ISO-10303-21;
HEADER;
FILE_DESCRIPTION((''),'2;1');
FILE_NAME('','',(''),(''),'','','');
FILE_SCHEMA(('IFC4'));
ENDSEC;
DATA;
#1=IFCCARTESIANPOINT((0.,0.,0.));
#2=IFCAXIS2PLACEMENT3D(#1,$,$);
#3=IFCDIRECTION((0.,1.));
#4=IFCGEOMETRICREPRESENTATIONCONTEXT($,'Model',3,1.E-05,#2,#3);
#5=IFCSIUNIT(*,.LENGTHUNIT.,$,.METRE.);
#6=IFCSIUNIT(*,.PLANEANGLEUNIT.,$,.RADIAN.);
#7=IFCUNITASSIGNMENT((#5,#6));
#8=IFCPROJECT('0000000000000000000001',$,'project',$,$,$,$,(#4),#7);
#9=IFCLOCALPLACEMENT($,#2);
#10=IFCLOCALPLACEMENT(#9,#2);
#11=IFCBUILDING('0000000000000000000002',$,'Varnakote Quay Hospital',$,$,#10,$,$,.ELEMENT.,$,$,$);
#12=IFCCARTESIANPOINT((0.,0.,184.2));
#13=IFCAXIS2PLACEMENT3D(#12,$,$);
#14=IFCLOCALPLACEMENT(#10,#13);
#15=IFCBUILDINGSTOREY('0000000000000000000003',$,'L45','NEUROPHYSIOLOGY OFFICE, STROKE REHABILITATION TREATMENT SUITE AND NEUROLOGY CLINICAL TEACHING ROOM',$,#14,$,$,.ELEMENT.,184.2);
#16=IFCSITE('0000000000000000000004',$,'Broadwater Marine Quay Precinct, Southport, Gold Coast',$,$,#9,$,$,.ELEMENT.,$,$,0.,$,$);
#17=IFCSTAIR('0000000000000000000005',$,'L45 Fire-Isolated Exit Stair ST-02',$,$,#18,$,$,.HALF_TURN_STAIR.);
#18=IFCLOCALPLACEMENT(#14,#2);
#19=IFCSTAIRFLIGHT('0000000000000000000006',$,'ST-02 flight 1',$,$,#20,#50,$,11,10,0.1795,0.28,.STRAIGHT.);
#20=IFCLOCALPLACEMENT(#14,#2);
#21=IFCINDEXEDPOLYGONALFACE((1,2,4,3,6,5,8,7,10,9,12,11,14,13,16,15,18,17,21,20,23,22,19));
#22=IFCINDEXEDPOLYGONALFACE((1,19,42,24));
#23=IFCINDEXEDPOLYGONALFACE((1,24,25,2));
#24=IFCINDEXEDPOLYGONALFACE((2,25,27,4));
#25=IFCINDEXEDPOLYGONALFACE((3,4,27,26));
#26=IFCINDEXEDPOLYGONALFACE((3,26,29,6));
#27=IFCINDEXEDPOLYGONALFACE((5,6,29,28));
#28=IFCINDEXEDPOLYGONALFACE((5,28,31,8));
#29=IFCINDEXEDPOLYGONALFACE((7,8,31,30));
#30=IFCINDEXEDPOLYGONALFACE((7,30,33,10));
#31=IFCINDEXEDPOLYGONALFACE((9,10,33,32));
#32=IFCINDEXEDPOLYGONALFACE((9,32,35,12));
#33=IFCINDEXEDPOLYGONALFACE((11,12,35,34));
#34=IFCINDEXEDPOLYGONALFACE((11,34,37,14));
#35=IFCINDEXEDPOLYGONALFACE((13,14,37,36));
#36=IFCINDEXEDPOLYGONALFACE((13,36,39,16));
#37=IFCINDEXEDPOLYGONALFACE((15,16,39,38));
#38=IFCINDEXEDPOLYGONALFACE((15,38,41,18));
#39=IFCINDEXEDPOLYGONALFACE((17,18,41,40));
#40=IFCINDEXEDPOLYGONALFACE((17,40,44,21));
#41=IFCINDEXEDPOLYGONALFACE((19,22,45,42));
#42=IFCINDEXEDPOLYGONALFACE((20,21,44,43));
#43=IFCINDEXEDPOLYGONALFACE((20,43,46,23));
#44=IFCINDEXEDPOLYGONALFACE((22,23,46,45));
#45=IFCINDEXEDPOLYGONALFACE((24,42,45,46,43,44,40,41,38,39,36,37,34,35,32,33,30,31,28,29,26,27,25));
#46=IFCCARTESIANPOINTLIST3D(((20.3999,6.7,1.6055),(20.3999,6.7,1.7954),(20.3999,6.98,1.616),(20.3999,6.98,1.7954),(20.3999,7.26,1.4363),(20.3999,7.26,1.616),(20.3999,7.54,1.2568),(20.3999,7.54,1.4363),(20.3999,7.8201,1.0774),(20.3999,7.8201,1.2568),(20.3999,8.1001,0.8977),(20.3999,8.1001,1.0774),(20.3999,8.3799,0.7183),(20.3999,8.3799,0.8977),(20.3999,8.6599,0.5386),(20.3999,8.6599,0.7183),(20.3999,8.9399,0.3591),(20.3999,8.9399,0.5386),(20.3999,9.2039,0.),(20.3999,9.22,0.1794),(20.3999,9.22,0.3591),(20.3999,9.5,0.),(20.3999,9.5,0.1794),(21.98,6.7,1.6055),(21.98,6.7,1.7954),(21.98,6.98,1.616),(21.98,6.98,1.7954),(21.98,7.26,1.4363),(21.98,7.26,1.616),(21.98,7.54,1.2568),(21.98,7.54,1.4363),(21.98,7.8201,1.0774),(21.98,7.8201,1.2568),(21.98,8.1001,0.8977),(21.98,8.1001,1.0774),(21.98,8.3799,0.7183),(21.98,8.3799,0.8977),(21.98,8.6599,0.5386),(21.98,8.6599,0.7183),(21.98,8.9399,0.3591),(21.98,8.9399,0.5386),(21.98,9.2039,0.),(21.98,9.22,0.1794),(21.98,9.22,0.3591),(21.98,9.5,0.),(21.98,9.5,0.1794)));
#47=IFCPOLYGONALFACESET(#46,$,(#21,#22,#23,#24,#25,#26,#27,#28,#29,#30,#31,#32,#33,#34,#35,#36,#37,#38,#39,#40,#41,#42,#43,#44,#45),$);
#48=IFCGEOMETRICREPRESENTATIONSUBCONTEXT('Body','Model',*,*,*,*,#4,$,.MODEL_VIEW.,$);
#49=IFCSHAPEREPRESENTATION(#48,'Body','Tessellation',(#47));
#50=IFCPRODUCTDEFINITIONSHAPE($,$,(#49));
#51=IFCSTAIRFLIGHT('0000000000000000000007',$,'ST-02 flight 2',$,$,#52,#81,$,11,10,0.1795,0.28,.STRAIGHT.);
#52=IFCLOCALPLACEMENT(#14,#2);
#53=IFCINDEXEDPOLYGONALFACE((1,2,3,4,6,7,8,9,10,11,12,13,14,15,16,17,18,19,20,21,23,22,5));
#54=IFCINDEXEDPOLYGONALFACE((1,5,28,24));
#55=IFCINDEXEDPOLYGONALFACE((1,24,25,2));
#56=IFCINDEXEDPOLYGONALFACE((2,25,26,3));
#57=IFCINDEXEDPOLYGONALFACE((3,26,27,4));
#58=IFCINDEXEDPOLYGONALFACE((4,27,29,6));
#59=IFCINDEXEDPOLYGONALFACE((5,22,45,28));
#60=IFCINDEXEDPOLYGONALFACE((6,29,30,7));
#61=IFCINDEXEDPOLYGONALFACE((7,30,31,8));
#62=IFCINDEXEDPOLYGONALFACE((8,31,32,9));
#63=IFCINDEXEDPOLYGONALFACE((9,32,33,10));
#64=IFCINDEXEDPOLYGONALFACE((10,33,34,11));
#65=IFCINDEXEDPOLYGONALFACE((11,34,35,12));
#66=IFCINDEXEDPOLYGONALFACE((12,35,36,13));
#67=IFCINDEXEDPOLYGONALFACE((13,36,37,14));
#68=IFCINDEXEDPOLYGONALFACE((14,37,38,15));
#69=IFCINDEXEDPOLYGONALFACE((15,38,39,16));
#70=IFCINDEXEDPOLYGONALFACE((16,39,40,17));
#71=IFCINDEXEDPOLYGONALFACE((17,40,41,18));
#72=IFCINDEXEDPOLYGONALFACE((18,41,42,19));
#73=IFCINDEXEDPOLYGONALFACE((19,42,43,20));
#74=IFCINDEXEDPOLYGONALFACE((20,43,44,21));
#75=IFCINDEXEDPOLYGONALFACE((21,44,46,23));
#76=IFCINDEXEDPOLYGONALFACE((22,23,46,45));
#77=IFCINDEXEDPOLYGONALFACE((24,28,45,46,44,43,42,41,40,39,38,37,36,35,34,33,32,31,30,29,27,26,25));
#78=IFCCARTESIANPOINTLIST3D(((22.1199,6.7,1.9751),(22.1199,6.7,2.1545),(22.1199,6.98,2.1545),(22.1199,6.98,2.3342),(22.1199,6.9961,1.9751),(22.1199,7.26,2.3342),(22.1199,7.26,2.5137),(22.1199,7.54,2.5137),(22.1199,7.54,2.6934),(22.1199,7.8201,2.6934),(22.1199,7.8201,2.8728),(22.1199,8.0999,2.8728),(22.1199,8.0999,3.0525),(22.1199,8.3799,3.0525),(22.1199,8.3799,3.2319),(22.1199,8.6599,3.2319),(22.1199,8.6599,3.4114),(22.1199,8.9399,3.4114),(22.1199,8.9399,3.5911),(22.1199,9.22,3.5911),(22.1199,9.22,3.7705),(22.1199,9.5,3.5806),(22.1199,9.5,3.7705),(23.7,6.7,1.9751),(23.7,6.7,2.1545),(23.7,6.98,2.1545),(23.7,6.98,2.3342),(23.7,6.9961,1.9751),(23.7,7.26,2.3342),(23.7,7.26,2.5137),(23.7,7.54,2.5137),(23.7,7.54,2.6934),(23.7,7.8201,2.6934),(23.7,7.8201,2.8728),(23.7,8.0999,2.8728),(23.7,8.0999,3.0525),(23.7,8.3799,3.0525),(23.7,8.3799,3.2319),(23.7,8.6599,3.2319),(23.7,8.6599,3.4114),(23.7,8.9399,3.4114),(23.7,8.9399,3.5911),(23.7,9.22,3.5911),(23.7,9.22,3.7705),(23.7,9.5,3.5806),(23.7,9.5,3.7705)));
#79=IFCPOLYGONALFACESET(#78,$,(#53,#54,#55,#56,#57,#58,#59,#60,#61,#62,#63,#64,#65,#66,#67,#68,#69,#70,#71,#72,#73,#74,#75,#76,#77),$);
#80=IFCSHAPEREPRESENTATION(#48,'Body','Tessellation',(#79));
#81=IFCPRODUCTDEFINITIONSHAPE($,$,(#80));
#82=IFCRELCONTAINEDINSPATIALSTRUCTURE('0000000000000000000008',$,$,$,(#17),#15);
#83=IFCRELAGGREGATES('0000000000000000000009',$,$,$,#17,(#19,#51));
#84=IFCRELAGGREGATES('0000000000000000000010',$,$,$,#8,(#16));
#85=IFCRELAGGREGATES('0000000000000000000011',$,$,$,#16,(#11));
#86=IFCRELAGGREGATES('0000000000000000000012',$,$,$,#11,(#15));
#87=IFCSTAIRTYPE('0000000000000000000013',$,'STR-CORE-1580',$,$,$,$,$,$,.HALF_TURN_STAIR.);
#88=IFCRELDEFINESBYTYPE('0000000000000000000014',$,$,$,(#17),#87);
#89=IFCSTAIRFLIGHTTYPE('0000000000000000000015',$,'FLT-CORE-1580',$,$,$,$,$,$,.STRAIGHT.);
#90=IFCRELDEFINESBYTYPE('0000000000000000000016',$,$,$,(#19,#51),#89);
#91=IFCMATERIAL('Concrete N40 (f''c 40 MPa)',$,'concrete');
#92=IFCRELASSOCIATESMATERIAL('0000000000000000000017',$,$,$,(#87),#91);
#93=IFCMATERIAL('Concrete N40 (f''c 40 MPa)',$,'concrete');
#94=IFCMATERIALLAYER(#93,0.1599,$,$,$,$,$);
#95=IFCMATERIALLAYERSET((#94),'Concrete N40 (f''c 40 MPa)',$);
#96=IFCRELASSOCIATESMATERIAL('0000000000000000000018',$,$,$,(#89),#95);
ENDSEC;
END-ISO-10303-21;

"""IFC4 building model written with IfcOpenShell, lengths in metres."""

from ifc_helpers import new_model, si_unit, direction, frame, origin, place, context, subcontext, project, spatial, polyline, outline, extrude, material, layer, layer_set, type_object, element, aggregate, save


model = new_model("IFC4")

# Units and contexts
model_context = context("Model", 3, precision=1e-05, world=origin(), true_north=direction((0.0, 1.0)))
body_context = subcontext(model_context, "Body", "Model", "MODEL_VIEW")
ifc_project = project(units=[si_unit("LENGTHUNIT", "METRE"), si_unit("PLANEANGLEUNIT", "RADIAN")], contexts=[model_context])

# Site, building, storey
site_placement = place(None, origin())
site = spatial("IfcSite", under=ifc_project, at=site_placement, Name="Broadwater Marine Quay Precinct, Southport, Gold Coast", CompositionType="ELEMENT", RefElevation=0.0)
building_placement = place(site_placement, origin())
building = spatial("IfcBuilding", under=site, at=building_placement, Name="Varnakote Quay Hospital", CompositionType="ELEMENT")
storey_placement = place(building_placement, frame((0.0, 0.0, 184.2)))
storey = spatial("IfcBuildingStorey", under=building, at=storey_placement, Name="L45", Description="NEUROPHYSIOLOGY OFFICE, STROKE REHABILITATION TREATMENT SUITE AND NEUROLOGY CLINICAL TEACHING ROOM", CompositionType="ELEMENT", Elevation=184.2)

# Stair, stair flights
ifc_material_1 = material(Name="Concrete N40 (f'c 40 MPa)", Category="concrete")
stair_type = type_object("IfcStairType", Name="STR-CORE-1580", PredefinedType="HALF_TURN_STAIR", material=ifc_material_1)
stair_placement = place(storey_placement, origin())
stair = element("IfcStair", 1, at=stair_placement, inside=storey, type_object=stair_type, Name="L45 Fire-Isolated Exit Stair ST-02", PredefinedType="HALF_TURN_STAIR")
ifc_material_2 = material(Name="Concrete N40 (f'c 40 MPa)", Category="concrete")
ifc_layer_1 = layer(ifc_material_2, 0.1599)
ifc_layer_set_1 = layer_set([ifc_layer_1], Name="Concrete N40 (f'c 40 MPa)")
stair_flight_type = type_object("IfcStairFlightType", Name="FLT-CORE-1580", PredefinedType="STRAIGHT", material=ifc_layer_set_1)
stair_flight_1_placement = place(storey_placement, frame((21.1899, 9.5, 0.0), z_axis=(0.0, 0.0, 1.0), x_axis=(0.0, -1.0, 0.0)))
stair_flight_1 = element("IfcStairFlight", 2, at=stair_flight_1_placement, type_object=stair_flight_type, Name="ST-02 flight 1", NumberOfRisers=11, NumberOfTreads=10, PredefinedType="STRAIGHT", RiserHeight=0.1795, TreadLength=0.28, context=body_context, shape_type="SweptSolid", body=[
    extrude(outline(polyline([(0.0, 0.0), (0.0, 0.1794), (0.28, 0.1794), (0.28, 0.3591), (0.5601, 0.3591), (0.5601, 0.5386), (0.8401, 0.5386), (0.8401, 0.7183), (1.1201, 0.7183), (1.1201, 0.8977), (1.3999, 0.8977), (1.3999, 1.0774), (1.6799, 1.0774), (1.6799, 1.2568), (1.96, 1.2568), (1.96, 1.4363), (2.24, 1.4363), (2.24, 1.616), (2.52, 1.616), (2.52, 1.7954), (2.8, 1.7954), (2.8, 1.9751), (2.8, 1.6055), (0.2961, 0.0), (0.0, 0.0)])), frame((0.0, 0.79, 0.0), z_axis=(0.0, -1.0, 0.0), x_axis=(1.0, 0.0, 0.0)), (0.0, 0.0, 1.0), 1.5801),
])
stair_flight_2_placement = place(storey_placement, frame((22.9099, 6.7, 1.9751), z_axis=(0.0, 0.0, 1.0), x_axis=(0.0, 1.0, 0.0)))
stair_flight_2 = element("IfcStairFlight", 3, at=stair_flight_2_placement, type_object=stair_flight_type, Name="ST-02 flight 2", NumberOfRisers=11, NumberOfTreads=10, PredefinedType="STRAIGHT", RiserHeight=0.1795, TreadLength=0.28, context=body_context, shape_type="SweptSolid", body=[
    extrude(outline(polyline([(0.0, 0.0), (0.0, 0.1794), (0.28, 0.1794), (0.28, 0.3591), (0.5601, 0.3591), (0.5601, 0.5386), (0.8401, 0.5386), (0.8401, 0.7183), (1.1201, 0.7183), (1.1201, 0.8977), (1.3999, 0.8977), (1.3999, 1.0774), (1.6799, 1.0774), (1.6799, 1.2568), (1.96, 1.2568), (1.96, 1.4363), (2.24, 1.4363), (2.24, 1.616), (2.52, 1.616), (2.52, 1.7954), (2.8, 1.7954), (2.8, 1.9751), (2.8, 1.6055), (0.2961, 0.0), (0.0, 0.0)])), frame((0.0, 0.79, 0.0), z_axis=(0.0, -1.0, 0.0), x_axis=(1.0, 0.0, 0.0)), (0.0, 0.0, 1.0), 1.5801),
])
aggregate(stair, [stair_flight_1, stair_flight_2])

save(model, "model.ifc")
